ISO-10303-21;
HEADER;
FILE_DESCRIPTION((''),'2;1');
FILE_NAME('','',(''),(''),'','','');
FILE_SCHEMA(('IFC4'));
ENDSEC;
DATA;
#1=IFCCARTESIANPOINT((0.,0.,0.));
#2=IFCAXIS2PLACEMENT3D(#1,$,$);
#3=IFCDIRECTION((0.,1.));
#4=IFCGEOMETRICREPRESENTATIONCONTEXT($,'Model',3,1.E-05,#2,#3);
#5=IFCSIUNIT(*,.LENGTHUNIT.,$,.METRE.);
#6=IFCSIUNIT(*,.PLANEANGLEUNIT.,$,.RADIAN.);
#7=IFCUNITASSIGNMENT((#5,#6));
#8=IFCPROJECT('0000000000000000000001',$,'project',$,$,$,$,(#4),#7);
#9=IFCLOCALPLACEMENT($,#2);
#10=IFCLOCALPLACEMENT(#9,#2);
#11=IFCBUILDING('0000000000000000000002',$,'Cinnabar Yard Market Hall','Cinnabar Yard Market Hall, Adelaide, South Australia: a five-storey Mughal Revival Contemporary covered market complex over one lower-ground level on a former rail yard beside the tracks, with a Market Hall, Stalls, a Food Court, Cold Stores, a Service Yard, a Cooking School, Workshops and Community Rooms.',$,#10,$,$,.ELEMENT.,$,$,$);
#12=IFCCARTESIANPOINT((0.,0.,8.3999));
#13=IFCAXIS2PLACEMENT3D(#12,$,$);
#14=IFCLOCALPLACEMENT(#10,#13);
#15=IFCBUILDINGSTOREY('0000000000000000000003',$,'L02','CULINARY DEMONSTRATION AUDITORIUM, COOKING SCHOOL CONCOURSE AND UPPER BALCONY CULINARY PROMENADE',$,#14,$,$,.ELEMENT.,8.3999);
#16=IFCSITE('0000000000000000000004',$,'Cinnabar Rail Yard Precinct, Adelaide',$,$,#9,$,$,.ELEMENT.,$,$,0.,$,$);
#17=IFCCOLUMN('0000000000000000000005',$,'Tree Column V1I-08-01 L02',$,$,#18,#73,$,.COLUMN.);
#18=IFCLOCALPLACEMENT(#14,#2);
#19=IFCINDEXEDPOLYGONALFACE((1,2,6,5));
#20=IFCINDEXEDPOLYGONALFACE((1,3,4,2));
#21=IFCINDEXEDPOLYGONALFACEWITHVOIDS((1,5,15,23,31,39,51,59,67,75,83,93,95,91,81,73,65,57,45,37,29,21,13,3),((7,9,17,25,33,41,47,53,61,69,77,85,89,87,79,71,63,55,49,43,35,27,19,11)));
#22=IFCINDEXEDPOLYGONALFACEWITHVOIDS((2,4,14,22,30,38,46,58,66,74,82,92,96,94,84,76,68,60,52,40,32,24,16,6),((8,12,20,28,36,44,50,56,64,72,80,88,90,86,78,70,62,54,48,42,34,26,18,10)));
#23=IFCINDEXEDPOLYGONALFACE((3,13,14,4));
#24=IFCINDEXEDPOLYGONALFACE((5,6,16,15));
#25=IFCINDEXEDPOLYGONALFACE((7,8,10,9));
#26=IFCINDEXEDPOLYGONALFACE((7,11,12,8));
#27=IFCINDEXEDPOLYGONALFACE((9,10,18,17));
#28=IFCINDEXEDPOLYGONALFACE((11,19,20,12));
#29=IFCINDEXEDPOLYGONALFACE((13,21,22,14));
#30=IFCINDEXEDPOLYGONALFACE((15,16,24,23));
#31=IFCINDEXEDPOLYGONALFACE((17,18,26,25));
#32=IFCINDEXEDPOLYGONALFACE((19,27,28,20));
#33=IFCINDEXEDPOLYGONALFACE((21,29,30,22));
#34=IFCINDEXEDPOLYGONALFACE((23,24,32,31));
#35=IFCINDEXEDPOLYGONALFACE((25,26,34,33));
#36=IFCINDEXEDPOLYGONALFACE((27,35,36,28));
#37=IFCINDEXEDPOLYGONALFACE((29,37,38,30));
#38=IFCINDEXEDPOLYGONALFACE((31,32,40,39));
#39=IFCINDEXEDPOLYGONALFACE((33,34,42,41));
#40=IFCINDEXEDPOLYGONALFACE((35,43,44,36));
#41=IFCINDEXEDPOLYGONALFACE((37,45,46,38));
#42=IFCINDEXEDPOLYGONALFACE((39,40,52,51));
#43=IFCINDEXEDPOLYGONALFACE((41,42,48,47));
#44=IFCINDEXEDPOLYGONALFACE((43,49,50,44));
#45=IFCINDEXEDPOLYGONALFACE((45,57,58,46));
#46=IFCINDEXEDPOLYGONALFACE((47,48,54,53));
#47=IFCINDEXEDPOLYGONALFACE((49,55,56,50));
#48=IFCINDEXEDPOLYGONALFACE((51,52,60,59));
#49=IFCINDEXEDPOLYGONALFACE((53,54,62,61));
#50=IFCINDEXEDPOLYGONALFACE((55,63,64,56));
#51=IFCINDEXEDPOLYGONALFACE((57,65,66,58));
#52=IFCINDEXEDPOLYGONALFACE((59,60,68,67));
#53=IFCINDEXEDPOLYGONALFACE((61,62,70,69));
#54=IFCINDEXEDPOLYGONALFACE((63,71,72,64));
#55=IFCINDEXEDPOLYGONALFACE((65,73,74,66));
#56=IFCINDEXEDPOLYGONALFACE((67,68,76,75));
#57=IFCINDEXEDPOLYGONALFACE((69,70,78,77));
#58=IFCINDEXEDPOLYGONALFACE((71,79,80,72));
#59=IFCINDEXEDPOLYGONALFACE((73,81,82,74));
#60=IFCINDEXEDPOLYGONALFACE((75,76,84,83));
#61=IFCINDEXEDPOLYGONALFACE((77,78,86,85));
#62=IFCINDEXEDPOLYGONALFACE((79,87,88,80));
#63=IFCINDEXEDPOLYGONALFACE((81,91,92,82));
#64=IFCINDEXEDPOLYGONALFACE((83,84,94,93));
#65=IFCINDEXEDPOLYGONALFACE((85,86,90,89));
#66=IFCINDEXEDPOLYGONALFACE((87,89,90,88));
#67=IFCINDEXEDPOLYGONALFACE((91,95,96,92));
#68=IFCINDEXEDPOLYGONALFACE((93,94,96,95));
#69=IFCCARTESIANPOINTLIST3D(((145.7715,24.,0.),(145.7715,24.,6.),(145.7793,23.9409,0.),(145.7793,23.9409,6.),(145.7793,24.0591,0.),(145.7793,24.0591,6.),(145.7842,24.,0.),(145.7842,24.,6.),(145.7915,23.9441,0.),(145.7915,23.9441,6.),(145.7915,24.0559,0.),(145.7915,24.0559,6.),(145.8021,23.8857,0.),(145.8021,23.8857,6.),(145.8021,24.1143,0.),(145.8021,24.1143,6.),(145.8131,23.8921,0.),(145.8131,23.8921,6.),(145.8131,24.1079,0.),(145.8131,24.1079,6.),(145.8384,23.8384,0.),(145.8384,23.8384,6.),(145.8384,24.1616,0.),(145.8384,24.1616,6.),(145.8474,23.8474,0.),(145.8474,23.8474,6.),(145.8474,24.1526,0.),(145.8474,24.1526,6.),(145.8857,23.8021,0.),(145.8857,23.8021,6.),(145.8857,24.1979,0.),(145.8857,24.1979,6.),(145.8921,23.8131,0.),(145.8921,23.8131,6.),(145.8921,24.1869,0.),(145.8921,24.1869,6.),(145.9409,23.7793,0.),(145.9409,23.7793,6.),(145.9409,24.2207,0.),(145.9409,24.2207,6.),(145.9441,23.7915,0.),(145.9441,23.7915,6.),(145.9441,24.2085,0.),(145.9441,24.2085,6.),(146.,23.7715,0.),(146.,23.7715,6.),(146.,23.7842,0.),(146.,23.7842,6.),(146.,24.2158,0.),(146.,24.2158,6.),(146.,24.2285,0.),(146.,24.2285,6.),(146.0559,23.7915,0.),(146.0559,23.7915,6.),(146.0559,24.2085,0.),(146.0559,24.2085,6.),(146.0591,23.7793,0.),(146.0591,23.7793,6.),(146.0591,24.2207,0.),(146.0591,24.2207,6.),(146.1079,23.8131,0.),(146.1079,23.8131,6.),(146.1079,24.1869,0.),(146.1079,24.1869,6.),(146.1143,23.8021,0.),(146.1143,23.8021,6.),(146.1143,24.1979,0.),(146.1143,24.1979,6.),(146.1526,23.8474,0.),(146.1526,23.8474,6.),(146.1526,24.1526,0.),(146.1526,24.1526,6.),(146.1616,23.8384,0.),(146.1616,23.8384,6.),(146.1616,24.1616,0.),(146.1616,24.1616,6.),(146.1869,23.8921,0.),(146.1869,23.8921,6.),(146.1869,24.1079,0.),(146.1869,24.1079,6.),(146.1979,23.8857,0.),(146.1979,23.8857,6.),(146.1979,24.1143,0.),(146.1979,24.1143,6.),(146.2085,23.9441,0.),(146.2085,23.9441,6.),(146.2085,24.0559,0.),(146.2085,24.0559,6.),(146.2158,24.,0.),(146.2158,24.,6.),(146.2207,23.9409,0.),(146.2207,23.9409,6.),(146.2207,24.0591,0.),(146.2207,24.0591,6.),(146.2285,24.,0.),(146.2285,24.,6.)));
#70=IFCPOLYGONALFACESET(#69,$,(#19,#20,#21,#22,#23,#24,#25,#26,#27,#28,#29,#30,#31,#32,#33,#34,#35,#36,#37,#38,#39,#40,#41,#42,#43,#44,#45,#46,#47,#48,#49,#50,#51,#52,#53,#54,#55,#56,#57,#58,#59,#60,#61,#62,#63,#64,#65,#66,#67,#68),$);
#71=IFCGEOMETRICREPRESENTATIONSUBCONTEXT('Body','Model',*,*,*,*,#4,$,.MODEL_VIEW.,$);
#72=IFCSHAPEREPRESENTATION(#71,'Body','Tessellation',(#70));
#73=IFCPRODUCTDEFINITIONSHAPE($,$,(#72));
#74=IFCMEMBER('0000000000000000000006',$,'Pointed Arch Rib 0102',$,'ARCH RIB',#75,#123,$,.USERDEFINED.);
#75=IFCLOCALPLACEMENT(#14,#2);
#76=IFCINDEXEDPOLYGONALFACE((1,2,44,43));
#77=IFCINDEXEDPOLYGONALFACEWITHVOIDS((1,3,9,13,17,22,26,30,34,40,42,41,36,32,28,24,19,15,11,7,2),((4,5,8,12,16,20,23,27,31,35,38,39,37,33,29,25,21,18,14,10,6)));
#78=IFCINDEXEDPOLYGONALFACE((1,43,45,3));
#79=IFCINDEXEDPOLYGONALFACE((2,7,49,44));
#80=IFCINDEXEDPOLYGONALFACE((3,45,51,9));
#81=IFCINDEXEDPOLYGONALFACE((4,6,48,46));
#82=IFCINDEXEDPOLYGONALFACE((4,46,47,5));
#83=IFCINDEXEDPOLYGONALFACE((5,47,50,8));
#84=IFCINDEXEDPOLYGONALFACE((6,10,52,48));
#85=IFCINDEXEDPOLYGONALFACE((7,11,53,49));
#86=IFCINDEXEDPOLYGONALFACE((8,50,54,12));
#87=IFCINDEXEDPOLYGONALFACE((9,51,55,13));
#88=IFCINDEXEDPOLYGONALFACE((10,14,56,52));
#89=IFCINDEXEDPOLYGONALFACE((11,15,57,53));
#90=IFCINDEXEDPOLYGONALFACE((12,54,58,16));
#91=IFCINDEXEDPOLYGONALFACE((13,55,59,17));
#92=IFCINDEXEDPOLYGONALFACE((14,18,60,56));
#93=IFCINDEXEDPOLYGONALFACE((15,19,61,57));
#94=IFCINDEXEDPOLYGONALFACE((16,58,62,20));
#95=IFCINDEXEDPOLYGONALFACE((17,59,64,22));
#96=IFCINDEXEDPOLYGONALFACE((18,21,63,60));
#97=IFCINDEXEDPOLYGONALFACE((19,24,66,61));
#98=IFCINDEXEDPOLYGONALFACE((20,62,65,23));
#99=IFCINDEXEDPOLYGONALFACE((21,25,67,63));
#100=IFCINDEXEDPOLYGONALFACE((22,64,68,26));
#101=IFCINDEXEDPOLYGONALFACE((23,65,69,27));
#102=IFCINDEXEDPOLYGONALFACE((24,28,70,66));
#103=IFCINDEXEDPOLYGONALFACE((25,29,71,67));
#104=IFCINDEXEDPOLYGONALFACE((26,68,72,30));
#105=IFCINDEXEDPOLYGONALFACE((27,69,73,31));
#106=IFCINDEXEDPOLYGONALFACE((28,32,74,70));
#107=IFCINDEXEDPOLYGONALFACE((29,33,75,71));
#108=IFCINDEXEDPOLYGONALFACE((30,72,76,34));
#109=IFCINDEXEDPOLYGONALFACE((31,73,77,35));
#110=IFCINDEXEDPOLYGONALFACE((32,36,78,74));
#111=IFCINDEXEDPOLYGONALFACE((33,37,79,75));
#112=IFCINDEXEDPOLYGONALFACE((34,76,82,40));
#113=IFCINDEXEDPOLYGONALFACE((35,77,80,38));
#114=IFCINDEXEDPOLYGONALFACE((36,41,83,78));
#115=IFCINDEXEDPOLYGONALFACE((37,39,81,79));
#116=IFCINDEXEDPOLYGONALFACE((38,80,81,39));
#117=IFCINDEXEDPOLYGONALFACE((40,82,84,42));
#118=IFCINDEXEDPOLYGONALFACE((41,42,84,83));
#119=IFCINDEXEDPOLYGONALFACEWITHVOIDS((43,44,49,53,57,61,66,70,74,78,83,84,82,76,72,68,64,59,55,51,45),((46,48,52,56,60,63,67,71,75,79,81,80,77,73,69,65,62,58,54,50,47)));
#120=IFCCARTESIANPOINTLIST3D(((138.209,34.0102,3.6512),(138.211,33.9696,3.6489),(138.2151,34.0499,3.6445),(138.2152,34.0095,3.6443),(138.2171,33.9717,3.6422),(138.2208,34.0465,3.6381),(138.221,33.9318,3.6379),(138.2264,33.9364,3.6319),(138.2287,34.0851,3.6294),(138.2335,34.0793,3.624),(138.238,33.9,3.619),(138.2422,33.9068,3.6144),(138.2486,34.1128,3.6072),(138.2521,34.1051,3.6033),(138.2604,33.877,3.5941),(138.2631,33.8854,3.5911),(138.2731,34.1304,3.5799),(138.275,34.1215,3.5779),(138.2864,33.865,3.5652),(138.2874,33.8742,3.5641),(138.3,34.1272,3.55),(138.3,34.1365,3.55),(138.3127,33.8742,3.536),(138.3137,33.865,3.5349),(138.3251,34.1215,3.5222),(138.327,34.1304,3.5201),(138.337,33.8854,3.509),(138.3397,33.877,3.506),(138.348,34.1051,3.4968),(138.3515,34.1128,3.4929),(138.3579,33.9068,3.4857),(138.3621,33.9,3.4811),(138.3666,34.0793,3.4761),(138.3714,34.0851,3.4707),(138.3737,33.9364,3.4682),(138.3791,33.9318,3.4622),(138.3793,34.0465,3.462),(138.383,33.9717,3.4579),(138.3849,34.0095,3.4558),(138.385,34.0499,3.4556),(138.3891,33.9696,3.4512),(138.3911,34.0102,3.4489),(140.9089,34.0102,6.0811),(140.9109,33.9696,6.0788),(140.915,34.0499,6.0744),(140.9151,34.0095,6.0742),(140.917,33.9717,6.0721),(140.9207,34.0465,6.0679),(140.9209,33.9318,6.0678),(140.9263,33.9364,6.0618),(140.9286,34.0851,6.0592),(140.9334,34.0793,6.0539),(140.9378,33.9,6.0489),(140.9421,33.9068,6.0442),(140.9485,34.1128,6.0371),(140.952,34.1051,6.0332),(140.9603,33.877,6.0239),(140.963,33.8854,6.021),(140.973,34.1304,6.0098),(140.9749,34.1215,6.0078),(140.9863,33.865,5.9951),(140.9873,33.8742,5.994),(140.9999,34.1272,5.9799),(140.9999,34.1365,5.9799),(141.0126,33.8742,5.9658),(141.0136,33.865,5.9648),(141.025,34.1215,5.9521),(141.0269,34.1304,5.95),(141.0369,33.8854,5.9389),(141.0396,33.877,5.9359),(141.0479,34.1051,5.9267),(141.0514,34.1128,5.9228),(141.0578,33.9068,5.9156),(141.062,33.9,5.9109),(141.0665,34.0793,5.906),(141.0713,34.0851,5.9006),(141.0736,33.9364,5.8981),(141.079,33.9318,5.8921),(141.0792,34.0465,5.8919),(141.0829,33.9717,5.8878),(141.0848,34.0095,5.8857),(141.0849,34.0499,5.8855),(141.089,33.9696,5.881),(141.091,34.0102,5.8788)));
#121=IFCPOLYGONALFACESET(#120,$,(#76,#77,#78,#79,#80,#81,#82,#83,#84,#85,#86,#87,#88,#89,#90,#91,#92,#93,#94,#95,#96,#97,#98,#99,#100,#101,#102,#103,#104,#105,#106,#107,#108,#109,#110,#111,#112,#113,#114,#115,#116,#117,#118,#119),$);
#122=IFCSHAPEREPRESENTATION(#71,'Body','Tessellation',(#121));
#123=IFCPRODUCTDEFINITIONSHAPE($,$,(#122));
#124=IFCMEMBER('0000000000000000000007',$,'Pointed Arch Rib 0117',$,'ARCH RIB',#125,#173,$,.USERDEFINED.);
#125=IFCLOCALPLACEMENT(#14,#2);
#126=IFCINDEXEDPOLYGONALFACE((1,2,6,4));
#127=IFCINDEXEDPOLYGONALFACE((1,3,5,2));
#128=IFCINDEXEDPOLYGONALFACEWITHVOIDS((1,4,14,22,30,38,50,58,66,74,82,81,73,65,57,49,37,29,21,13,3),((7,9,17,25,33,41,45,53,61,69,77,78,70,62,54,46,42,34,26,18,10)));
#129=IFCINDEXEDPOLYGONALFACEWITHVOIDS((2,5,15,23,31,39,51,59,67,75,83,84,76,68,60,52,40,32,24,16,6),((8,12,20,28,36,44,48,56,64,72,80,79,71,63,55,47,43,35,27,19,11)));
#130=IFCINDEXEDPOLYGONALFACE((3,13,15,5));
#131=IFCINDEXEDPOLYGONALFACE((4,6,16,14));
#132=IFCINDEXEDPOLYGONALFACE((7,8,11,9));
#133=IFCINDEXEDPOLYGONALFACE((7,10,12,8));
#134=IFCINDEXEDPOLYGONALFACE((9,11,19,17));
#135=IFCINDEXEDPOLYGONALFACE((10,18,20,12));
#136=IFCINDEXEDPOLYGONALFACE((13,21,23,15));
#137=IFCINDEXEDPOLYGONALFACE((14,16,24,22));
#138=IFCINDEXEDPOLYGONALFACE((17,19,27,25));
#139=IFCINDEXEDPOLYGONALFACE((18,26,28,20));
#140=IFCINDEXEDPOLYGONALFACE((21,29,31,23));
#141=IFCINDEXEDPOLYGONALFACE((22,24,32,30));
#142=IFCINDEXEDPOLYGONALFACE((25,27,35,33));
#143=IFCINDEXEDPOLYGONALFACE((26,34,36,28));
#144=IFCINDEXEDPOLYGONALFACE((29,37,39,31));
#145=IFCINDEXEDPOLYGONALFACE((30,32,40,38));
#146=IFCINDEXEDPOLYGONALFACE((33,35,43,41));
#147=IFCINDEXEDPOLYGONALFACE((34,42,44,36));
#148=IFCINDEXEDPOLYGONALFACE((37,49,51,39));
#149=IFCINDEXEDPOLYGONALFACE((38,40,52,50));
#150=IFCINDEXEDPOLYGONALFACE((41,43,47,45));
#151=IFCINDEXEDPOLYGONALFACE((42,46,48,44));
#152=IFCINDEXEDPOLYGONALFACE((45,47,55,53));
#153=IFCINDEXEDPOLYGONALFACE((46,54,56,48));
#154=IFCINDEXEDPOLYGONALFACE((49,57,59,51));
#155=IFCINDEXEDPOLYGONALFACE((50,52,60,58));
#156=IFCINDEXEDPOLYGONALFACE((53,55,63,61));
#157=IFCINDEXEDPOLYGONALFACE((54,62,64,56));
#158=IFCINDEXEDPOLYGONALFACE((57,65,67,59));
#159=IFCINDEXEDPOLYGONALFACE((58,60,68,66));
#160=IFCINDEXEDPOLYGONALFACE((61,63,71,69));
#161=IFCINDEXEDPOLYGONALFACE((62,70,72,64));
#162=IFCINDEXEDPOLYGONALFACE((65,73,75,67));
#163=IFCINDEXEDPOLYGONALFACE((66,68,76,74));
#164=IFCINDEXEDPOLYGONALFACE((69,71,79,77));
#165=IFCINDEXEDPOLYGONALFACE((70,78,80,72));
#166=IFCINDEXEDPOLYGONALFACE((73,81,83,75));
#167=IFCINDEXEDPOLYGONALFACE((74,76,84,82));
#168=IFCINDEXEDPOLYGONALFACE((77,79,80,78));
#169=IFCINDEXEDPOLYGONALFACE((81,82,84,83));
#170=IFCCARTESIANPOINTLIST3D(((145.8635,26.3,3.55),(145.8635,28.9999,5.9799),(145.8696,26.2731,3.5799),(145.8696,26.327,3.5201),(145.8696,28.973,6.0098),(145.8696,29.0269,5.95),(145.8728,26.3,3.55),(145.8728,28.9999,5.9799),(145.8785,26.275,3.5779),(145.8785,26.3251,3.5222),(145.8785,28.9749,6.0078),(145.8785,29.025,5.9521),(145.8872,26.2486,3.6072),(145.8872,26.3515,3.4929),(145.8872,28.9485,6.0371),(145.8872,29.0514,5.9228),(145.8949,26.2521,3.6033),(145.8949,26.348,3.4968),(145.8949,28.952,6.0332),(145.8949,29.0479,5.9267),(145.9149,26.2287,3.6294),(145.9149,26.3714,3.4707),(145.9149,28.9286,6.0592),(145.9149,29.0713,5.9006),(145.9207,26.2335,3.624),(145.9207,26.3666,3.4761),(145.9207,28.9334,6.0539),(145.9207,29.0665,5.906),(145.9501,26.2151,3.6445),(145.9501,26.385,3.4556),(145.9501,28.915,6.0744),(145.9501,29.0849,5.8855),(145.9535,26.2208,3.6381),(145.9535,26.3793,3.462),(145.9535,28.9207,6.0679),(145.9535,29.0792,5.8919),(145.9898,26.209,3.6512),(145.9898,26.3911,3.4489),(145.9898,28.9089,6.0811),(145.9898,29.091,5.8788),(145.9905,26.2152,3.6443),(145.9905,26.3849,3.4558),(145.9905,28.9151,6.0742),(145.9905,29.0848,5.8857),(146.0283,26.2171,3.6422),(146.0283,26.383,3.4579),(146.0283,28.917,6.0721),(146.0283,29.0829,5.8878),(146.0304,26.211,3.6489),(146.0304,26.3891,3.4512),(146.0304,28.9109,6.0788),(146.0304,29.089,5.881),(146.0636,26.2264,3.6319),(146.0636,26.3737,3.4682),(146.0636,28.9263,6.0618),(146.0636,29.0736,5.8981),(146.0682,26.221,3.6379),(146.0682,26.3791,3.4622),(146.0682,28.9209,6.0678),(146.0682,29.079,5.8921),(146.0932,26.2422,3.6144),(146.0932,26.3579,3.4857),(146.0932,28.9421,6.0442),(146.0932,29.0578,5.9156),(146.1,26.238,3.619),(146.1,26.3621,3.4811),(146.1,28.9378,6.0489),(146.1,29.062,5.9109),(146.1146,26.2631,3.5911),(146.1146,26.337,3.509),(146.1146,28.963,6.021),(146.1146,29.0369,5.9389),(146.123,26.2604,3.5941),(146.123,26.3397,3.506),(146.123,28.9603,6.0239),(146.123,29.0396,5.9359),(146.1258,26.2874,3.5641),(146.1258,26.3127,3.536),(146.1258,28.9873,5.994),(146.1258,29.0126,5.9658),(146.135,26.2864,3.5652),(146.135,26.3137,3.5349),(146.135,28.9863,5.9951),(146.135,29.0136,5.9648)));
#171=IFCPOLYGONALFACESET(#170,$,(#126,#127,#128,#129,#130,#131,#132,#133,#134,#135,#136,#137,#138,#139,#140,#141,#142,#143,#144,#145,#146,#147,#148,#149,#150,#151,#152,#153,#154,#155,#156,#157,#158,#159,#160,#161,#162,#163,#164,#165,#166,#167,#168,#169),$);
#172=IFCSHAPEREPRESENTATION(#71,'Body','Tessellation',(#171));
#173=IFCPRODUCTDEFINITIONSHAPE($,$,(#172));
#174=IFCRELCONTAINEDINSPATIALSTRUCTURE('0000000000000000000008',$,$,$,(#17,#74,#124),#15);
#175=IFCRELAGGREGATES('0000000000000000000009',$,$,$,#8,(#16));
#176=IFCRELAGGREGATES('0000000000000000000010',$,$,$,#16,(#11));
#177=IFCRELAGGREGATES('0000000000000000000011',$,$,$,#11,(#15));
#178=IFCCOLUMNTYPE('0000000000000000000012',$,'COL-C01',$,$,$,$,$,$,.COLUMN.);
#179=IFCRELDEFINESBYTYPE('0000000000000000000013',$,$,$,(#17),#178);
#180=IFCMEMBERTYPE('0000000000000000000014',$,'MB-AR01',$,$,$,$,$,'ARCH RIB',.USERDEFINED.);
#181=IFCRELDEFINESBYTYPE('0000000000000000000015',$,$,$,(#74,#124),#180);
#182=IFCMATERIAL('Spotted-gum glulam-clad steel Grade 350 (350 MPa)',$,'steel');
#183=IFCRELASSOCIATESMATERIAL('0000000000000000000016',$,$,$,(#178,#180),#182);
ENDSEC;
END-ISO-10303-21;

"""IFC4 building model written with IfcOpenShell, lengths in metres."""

from ifc_helpers import new_model, si_unit, direction, frame, origin, origin_2d_with_axis, place, context, subcontext, project, spatial, hollow_circle, extrude, material, material_profile, profile_set, type_object, element, save


model = new_model("IFC4")

# Units and contexts
model_context = context("Model", 3, precision=1e-05, world=origin(), true_north=direction((0.0, 1.0)))
body_context = subcontext(model_context, "Body", "Model", "MODEL_VIEW")
ifc_project = project(units=[si_unit("LENGTHUNIT", "METRE"), si_unit("PLANEANGLEUNIT", "RADIAN")], contexts=[model_context])

# Site, building, storey
site_placement = place(None, origin())
site = spatial("IfcSite", under=ifc_project, at=site_placement, Name="Cinnabar Rail Yard Precinct, Adelaide", CompositionType="ELEMENT", RefElevation=0.0)
building_placement = place(site_placement, origin())
building = spatial("IfcBuilding", under=site, at=building_placement, Name="Cinnabar Yard Market Hall", Description="Cinnabar Yard Market Hall, Adelaide, South Australia: a five-storey Mughal Revival Contemporary covered market complex over one lower-ground level on a former rail yard beside the tracks, with a Market Hall, Stalls, a Food Court, Cold Stores, a Service Yard, a Cooking School, Workshops and Community Rooms.", CompositionType="ELEMENT")
storey_placement = place(building_placement, frame((0.0, 0.0, 8.3999)))
storey = spatial("IfcBuildingStorey", under=building, at=storey_placement, Name="L02", Description="CULINARY DEMONSTRATION AUDITORIUM, COOKING SCHOOL CONCOURSE AND UPPER BALCONY CULINARY PROMENADE", CompositionType="ELEMENT", Elevation=8.3999)

# Column
ifc_material_1 = material(Name="Spotted-gum glulam-clad steel Grade 350 (350 MPa)", Category="steel")
ifc_material_profile_1 = material_profile(ifc_material_1, hollow_circle(Radius=0.2285, WallThickness=0.0127, at=origin_2d_with_axis()), Name="457.0x12.7CHS")
ifc_profile_set_1 = profile_set([ifc_material_profile_1], Name="Spotted-gum glulam-clad steel Grade 350 (350 MPa)")
column_type = type_object("IfcColumnType", Name="COL-C01", PredefinedType="COLUMN", material=ifc_profile_set_1)
column_placement = place(storey_placement, frame((146.0, 24.0, 0.0), z_axis=(0.0, 0.0, 1.0), x_axis=(1.0, 0.0, 0.0)))
element("IfcColumn", 1, at=column_placement, inside=storey, type_object=column_type, Name="Tree Column V1I-08-01 L02", PredefinedType="COLUMN", context=body_context, shape_type="SweptSolid", body=[
    extrude(hollow_circle(Radius=0.2285, WallThickness=0.0127, at=origin_2d_with_axis()), origin(), (0.0, 0.0, 1.0), 6.0),
])

# Members
ifc_material_profile_2 = material_profile(ifc_material_1, hollow_circle(Radius=0.1365, WallThickness=0.0093, at=origin_2d_with_axis()), Name="273.1x9.3CHS")
ifc_profile_set_2 = profile_set([ifc_material_profile_2], Name="Spotted-gum glulam-clad steel Grade 350 (350 MPa)")
member_type_1 = type_object("IfcMemberType", Name="MB-AR01", ElementType="ARCH RIB", PredefinedType="USERDEFINED", material=ifc_profile_set_2)
for number, where, z_axis, x_axis, name in (
    (2, (138.3, 34.0, 3.55), (0.743297, 0.0, 0.668961), (0.0, 1.0, 0.0), "Pointed Arch Rib 0102"),
    (3, (146.0, 26.3, 3.55), (0.0, 0.743297, 0.668961), (-1.0, 0.0, 0.0), "Pointed Arch Rib 0117"),
):
    element("IfcMember", number, at=place(storey_placement, frame(where, z_axis=z_axis, x_axis=x_axis)), inside=storey, type_object=member_type_1, Name=name, ObjectType="ARCH RIB", PredefinedType="USERDEFINED", context=body_context, shape_type="SweptSolid", body=[
        extrude(hollow_circle(Radius=0.1365, WallThickness=0.0093, at=origin_2d_with_axis()), origin(), (0.0, 0.0, 1.0), 3.6323),
    ])

save(model, "model.ifc")
